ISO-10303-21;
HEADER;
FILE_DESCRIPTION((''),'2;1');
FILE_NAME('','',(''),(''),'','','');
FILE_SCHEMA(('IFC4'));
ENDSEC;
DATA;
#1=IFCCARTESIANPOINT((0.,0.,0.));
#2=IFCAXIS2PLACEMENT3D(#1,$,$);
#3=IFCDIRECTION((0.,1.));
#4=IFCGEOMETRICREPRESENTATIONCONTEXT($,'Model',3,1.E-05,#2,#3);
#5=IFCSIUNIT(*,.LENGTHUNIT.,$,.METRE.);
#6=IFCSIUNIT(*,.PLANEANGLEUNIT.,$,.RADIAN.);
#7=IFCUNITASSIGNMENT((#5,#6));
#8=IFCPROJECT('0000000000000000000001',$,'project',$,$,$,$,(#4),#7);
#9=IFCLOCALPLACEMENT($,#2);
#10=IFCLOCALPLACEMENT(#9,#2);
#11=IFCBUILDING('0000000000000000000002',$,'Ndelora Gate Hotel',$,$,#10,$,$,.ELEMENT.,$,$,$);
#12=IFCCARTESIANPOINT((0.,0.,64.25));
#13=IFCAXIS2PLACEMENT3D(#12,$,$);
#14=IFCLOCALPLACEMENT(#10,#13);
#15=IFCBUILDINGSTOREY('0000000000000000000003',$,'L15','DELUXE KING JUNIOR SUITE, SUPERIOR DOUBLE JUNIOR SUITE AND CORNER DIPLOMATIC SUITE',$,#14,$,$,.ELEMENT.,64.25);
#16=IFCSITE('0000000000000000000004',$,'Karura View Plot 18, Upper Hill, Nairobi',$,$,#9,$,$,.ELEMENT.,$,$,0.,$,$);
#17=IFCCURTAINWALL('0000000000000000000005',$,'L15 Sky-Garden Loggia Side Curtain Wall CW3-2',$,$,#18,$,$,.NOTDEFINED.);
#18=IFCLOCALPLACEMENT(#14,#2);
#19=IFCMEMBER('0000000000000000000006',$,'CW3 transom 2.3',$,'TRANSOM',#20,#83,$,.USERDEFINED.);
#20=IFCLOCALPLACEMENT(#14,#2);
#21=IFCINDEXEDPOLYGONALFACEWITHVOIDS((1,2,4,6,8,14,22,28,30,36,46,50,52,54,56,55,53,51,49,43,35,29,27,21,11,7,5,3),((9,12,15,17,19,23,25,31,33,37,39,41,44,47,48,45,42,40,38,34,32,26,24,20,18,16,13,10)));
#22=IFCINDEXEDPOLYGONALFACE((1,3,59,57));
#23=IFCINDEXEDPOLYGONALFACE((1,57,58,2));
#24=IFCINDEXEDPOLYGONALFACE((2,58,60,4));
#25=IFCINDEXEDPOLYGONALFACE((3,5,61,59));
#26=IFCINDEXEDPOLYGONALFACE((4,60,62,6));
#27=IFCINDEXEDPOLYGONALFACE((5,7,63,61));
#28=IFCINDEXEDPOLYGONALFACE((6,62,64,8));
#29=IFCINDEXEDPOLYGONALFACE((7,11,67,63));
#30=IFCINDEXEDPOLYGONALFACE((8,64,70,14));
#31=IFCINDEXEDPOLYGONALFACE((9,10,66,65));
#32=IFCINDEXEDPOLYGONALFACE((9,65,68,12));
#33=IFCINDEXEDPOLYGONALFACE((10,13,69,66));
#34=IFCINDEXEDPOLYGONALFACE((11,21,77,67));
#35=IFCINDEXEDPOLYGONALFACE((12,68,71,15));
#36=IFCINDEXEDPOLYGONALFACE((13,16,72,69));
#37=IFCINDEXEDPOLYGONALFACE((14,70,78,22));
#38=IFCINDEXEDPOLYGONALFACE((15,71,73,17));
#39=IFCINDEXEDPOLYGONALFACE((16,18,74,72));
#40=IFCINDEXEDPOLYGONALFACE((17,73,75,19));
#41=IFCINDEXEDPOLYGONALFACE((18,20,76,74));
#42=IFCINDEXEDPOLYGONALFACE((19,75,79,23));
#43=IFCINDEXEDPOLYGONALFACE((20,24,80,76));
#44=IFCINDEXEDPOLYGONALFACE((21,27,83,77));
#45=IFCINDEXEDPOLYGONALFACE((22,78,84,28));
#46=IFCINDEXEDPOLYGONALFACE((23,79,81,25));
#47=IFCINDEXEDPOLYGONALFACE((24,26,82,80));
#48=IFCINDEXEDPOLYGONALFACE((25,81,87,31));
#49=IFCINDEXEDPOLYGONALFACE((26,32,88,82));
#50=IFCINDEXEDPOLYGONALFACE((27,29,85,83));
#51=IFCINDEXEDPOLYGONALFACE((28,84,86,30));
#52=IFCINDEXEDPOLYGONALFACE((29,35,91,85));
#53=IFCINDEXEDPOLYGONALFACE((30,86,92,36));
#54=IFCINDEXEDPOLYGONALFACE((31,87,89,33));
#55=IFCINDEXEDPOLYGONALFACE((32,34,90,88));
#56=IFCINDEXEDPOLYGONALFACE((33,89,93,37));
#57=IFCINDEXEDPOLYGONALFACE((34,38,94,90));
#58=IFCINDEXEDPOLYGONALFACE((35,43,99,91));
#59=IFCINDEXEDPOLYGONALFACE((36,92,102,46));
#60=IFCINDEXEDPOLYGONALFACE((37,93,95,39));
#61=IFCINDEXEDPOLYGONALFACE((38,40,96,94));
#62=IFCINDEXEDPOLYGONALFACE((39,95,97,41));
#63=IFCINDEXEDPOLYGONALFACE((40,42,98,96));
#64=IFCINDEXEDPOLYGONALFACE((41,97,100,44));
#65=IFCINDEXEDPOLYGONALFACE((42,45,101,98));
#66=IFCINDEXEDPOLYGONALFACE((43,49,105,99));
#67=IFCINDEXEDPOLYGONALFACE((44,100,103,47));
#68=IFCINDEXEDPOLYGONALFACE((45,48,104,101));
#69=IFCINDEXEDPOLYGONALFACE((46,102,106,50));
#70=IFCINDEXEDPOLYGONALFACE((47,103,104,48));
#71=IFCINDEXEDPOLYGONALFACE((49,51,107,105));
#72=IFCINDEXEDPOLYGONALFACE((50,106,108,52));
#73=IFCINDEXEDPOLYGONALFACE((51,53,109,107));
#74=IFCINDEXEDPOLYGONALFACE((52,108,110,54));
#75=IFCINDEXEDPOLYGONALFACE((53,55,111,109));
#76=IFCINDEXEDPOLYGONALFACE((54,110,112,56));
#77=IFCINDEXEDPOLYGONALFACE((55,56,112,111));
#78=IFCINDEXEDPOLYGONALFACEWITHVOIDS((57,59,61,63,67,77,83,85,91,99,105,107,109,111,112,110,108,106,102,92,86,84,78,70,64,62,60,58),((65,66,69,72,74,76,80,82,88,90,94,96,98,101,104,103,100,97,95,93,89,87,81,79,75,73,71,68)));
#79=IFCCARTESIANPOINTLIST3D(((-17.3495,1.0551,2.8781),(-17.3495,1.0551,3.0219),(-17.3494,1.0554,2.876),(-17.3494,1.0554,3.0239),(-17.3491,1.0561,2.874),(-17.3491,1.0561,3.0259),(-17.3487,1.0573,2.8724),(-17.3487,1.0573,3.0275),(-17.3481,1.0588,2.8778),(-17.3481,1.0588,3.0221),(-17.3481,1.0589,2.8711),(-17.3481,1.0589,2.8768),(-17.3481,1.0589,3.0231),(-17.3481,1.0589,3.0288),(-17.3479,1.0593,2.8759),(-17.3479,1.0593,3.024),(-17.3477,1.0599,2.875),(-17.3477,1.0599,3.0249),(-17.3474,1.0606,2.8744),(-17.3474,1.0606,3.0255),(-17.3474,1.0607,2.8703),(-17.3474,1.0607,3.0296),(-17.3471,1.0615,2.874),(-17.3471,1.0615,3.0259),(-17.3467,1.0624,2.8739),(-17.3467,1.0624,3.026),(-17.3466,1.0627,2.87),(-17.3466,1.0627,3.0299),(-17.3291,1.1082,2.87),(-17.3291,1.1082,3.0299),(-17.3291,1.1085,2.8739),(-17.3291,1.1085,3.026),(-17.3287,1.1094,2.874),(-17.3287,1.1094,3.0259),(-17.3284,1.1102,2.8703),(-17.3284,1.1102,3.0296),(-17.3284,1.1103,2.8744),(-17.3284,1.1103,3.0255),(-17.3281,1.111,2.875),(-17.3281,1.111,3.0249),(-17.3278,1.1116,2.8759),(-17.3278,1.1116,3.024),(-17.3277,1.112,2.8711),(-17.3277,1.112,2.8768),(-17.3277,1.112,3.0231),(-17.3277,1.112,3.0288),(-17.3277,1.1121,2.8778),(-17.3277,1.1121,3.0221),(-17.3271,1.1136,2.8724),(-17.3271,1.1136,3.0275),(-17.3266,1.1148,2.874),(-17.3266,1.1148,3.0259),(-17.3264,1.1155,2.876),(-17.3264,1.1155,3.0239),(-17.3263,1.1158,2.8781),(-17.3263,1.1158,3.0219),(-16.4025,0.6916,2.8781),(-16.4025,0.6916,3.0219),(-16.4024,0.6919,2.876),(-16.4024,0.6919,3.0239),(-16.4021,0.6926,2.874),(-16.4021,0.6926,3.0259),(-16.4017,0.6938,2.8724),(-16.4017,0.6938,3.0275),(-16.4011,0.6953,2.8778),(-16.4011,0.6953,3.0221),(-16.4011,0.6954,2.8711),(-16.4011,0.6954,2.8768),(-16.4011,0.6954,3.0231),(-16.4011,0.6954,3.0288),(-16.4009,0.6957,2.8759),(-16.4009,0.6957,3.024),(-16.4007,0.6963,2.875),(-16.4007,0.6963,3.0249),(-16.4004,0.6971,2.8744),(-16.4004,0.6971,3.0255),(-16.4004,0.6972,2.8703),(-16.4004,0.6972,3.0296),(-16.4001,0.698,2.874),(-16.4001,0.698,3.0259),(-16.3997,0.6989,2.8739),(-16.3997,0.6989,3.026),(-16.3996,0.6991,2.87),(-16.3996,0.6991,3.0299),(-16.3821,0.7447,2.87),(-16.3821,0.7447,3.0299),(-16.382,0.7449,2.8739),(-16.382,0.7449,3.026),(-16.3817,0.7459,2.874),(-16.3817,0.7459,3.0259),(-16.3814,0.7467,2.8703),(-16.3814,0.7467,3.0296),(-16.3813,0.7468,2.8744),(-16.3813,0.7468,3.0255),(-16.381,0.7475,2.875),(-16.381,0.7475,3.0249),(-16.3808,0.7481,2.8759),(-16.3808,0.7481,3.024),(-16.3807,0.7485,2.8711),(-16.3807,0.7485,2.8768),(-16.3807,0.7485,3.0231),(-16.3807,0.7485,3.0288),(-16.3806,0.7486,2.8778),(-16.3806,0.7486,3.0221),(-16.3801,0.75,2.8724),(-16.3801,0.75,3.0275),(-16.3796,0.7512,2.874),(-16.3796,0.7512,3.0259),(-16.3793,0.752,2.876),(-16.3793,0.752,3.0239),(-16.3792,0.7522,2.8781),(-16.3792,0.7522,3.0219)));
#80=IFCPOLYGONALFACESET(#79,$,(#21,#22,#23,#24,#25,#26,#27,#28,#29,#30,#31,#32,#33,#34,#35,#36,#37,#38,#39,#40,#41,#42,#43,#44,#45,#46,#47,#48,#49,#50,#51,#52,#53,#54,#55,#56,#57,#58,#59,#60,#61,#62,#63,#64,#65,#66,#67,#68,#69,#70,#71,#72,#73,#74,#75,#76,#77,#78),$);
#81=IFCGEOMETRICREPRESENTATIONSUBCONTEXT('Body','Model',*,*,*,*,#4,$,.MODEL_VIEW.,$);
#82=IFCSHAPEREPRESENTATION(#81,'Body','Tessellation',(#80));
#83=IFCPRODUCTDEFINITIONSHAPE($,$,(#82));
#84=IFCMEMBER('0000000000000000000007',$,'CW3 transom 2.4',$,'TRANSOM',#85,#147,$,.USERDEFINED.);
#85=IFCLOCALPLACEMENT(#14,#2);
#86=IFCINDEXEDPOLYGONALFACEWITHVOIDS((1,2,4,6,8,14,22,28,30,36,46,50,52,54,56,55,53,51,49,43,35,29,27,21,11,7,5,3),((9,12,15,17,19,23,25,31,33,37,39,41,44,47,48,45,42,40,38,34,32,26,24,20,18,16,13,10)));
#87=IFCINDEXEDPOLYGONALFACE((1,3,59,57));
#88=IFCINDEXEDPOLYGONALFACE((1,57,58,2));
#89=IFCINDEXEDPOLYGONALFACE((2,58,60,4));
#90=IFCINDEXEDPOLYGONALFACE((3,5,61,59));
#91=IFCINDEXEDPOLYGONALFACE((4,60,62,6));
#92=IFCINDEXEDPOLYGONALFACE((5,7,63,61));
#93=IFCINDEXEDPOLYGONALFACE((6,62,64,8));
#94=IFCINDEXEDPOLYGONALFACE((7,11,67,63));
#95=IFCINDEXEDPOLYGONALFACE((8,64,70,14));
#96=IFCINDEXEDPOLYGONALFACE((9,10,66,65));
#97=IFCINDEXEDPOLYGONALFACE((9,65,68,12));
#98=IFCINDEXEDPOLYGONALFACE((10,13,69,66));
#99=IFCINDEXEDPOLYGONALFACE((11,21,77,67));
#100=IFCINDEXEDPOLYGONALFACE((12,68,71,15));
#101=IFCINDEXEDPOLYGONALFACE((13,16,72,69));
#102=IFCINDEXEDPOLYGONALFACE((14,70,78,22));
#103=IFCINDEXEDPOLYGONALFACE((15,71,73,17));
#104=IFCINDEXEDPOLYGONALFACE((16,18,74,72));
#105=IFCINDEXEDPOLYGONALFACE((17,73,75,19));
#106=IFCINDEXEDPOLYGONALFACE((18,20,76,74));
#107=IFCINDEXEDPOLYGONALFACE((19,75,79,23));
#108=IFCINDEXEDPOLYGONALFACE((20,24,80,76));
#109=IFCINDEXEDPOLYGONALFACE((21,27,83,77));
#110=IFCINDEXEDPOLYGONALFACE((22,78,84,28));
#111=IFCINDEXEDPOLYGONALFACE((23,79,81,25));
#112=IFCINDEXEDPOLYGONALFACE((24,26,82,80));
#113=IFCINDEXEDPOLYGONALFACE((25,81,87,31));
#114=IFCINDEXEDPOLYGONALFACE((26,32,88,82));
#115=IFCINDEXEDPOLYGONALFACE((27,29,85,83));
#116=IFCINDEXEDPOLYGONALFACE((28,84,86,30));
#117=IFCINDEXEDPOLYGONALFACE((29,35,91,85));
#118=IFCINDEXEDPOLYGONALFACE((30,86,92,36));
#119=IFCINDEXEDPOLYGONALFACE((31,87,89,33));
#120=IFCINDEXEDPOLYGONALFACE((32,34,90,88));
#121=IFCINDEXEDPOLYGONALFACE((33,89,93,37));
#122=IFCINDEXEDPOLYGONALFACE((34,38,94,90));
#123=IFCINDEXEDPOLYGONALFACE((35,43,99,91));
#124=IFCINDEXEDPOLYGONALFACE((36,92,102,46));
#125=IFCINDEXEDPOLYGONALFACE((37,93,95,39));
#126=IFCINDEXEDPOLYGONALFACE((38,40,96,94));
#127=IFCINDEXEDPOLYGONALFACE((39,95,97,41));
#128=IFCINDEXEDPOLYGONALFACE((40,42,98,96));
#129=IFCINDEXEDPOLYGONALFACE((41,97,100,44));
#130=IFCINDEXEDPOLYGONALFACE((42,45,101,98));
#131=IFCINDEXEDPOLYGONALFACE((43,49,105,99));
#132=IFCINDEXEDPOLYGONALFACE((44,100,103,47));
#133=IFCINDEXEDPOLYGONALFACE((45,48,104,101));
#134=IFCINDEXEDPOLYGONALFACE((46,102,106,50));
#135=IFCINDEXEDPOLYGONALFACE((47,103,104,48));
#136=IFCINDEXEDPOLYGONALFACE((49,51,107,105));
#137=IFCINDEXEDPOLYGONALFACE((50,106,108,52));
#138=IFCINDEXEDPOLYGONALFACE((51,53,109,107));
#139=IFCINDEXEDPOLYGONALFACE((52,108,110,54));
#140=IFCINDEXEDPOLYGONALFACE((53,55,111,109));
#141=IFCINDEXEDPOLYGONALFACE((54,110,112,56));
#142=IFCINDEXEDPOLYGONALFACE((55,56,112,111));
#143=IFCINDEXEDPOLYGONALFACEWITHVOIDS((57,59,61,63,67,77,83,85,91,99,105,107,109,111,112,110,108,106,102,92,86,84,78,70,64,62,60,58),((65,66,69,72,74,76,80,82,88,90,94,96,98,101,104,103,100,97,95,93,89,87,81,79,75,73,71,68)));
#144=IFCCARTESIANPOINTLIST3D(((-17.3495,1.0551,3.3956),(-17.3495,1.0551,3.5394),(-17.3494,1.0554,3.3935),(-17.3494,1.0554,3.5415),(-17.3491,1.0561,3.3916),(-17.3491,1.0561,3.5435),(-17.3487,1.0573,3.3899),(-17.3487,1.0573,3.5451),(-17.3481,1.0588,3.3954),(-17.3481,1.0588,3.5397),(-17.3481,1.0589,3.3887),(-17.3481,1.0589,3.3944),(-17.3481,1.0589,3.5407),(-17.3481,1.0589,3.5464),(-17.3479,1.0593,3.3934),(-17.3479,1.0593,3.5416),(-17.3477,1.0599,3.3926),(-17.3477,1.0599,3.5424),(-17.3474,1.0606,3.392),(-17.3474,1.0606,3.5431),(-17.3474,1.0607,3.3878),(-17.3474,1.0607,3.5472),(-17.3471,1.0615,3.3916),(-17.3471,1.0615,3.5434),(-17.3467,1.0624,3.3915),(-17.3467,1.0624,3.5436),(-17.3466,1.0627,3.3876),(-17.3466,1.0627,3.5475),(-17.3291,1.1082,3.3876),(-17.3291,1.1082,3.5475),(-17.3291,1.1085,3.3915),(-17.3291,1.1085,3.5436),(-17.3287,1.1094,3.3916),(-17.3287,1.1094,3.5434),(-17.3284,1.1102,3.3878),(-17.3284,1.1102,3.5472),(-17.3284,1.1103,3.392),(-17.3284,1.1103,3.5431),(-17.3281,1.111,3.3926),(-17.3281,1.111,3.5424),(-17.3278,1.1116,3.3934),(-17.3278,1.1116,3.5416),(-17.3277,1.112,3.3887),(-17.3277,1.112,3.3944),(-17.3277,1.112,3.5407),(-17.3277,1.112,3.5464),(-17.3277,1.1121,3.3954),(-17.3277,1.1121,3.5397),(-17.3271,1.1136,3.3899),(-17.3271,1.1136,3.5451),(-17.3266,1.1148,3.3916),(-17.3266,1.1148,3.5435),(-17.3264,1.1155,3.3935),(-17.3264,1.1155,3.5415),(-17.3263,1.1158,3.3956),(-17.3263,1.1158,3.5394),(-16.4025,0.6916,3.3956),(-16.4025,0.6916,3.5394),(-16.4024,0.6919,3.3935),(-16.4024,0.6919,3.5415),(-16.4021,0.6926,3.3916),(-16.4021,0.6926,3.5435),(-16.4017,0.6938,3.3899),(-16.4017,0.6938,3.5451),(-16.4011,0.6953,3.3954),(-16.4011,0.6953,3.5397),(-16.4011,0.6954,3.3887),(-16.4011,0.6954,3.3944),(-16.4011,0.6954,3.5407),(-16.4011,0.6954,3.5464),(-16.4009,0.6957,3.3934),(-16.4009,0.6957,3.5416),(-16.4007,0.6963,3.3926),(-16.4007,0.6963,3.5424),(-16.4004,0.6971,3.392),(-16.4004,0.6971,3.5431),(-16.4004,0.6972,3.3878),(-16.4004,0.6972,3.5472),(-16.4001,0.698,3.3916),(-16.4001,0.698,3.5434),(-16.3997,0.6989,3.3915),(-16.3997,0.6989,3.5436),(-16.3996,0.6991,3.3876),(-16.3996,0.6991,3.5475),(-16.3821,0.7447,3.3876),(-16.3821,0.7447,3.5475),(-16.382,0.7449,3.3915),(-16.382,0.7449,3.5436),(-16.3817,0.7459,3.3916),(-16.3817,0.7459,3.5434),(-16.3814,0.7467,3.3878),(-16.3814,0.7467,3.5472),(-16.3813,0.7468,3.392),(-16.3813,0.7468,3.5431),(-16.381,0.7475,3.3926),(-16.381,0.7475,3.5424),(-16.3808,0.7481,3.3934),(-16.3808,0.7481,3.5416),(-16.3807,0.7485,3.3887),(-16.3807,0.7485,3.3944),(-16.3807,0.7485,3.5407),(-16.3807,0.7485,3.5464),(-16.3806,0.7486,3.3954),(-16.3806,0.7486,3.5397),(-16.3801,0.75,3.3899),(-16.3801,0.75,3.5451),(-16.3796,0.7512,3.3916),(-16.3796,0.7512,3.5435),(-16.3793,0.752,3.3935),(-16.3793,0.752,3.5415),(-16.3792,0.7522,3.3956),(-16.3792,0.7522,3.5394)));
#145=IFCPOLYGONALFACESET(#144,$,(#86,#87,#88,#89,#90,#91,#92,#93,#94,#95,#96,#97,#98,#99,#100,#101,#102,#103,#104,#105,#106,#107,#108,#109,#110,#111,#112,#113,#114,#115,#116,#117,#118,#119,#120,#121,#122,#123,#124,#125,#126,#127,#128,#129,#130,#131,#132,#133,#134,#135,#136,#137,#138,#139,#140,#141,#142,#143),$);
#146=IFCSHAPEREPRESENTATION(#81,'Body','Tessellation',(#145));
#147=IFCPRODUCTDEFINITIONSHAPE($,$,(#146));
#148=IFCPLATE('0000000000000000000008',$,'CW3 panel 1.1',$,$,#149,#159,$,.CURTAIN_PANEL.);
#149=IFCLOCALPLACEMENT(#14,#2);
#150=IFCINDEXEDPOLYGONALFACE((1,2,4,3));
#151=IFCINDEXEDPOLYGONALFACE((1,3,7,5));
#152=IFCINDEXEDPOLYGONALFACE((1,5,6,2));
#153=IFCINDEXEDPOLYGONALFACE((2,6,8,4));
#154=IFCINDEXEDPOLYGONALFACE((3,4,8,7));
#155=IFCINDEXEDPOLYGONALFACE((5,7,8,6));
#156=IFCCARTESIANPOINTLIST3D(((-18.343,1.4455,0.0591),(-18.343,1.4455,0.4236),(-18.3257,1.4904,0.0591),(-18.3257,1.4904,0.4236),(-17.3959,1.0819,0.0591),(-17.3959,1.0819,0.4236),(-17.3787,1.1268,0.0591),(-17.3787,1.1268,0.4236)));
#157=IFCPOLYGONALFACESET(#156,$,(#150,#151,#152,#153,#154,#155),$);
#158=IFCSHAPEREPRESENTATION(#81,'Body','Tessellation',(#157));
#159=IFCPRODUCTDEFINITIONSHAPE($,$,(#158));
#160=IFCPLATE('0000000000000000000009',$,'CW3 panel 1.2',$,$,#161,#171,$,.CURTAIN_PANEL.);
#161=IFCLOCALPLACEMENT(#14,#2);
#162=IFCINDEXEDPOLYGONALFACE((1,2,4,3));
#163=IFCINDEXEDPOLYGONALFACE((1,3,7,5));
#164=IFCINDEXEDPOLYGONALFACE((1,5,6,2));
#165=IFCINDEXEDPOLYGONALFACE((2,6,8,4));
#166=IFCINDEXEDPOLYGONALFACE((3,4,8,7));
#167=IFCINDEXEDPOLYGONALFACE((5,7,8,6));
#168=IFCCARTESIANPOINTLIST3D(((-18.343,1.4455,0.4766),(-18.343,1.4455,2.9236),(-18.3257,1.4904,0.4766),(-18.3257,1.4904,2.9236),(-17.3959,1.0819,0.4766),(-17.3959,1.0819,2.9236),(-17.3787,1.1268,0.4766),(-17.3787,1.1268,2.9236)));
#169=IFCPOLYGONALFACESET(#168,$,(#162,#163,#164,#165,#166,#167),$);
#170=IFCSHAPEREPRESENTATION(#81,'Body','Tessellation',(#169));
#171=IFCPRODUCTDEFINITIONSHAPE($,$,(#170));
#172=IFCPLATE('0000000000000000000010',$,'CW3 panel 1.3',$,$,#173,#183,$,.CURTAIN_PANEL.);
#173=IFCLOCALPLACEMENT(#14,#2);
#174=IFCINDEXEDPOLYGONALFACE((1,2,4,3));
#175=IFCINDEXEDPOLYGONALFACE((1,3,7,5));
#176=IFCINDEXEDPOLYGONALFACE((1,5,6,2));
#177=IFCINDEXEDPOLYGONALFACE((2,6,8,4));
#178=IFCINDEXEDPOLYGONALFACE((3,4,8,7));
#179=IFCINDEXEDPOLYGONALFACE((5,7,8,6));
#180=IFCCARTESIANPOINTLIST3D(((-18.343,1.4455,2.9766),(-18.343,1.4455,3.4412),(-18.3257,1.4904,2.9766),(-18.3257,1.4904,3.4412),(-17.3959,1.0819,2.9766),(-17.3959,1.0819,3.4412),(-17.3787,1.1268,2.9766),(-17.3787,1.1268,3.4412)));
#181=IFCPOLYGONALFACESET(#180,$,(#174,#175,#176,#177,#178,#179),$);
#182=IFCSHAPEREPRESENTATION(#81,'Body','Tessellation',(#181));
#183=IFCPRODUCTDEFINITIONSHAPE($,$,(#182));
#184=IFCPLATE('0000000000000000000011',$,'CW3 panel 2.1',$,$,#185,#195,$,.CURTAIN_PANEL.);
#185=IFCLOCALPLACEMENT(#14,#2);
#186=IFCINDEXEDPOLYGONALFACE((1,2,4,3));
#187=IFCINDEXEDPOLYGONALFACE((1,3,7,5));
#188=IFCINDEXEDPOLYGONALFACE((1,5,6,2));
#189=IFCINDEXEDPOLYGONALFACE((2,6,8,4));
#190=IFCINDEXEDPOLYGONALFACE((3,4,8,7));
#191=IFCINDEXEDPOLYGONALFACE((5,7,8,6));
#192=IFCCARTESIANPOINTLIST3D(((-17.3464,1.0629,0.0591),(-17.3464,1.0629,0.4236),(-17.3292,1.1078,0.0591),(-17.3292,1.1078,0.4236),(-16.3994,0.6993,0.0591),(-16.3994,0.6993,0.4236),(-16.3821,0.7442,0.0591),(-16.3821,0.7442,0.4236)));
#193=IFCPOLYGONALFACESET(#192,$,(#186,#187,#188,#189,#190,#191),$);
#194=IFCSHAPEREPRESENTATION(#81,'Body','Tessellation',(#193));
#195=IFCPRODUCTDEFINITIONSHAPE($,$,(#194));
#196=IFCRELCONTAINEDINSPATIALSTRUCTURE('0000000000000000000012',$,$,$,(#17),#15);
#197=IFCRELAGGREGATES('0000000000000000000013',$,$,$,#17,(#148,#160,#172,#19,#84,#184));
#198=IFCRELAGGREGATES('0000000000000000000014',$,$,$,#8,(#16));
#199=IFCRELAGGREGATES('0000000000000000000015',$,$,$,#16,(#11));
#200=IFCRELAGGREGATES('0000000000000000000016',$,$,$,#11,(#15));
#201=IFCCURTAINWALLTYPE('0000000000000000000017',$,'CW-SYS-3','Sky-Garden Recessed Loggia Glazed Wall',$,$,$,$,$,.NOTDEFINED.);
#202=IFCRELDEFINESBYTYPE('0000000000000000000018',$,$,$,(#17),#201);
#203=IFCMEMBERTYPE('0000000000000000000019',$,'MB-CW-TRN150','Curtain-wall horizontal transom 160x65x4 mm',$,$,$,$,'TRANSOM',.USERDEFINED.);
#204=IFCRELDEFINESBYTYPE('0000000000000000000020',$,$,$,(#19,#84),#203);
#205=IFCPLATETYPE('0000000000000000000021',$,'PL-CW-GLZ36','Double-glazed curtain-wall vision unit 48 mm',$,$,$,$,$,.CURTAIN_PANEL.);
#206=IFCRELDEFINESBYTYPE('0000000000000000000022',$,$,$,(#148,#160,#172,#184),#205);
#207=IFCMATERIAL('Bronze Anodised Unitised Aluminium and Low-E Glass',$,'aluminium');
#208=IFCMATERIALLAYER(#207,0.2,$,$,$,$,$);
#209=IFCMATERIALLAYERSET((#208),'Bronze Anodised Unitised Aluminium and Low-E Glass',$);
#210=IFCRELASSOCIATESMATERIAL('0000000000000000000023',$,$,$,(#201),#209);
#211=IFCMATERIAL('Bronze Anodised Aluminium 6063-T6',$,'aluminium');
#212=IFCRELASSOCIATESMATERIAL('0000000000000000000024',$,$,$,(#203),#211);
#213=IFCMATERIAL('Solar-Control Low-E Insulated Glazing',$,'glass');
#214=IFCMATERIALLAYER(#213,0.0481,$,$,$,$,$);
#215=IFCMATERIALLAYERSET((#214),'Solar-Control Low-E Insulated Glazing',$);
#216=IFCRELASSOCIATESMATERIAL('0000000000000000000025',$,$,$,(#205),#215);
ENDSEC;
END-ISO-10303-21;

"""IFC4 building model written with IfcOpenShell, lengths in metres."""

from ifc_helpers import new_model, si_unit, direction, frame, origin, origin_2d, place, context, subcontext, project, spatial, rectangle, hollow_rectangle, extrude, material, layer, layer_set, material_profile, profile_set, type_object, element, aggregate, save


model = new_model("IFC4")

# Units and contexts
model_context = context("Model", 3, precision=1e-05, world=origin(), true_north=direction((0.0, 1.0)))
body_context = subcontext(model_context, "Body", "Model", "MODEL_VIEW")
ifc_project = project(units=[si_unit("LENGTHUNIT", "METRE"), si_unit("PLANEANGLEUNIT", "RADIAN")], contexts=[model_context])

# Site, building, storey
site_placement = place(None, origin())
site = spatial("IfcSite", under=ifc_project, at=site_placement, Name="Karura View Plot 18, Upper Hill, Nairobi", CompositionType="ELEMENT", RefElevation=0.0)
building_placement = place(site_placement, origin())
building = spatial("IfcBuilding", under=site, at=building_placement, Name="Ndelora Gate Hotel", CompositionType="ELEMENT")
storey_placement = place(building_placement, frame((0.0, 0.0, 64.25)))
storey = spatial("IfcBuildingStorey", under=building, at=storey_placement, Name="L15", Description="DELUXE KING JUNIOR SUITE, SUPERIOR DOUBLE JUNIOR SUITE AND CORNER DIPLOMATIC SUITE", CompositionType="ELEMENT", Elevation=64.25)

# Curtain wall, members, plates
ifc_material_1 = material(Name="Bronze Anodised Unitised Aluminium and Low-E Glass", Category="aluminium")
ifc_layer_1 = layer(ifc_material_1, 0.2)
ifc_layer_set_1 = layer_set([ifc_layer_1], Name="Bronze Anodised Unitised Aluminium and Low-E Glass")
curtain_wall_type = type_object("IfcCurtainWallType", Name="CW-SYS-3", Description="Sky-Garden Recessed Loggia Glazed Wall", PredefinedType="NOTDEFINED", material=ifc_layer_set_1)
curtain_wall_placement = place(storey_placement, origin())
curtain_wall = element("IfcCurtainWall", 1, at=curtain_wall_placement, inside=storey, type_object=curtain_wall_type, Name="L15 Sky-Garden Loggia Side Curtain Wall CW3-2", PredefinedType="NOTDEFINED")
ifc_material_2 = material(Name="Bronze Anodised Aluminium 6063-T6", Category="aluminium")
ifc_material_profile_1 = material_profile(ifc_material_2, hollow_rectangle(XDim=0.0649, YDim=0.1599, WallThickness=0.0039, InnerFilletRadius=0.0039, OuterFilletRadius=0.0081, at=origin_2d()), Name="ALU 160x65x4")
ifc_profile_set_1 = profile_set([ifc_material_profile_1], Name="Bronze Anodised Aluminium 6063-T6")
member_type_1 = type_object("IfcMemberType", Name="MB-CW-TRN150", Description="Curtain-wall horizontal transom 160x65x4 mm", ElementType="TRANSOM", PredefinedType="USERDEFINED", material=ifc_profile_set_1)
member_1_placement = place(storey_placement, frame((-17.3379, 1.0854, 2.95), z_axis=(0.933581, -0.358366, 0.0), x_axis=(0.358366, 0.933581, 0.0)))
member_1 = element("IfcMember", 2, at=member_1_placement, type_object=member_type_1, Name="CW3 transom 2.3", ObjectType="TRANSOM", PredefinedType="USERDEFINED", context=body_context, shape_type="SweptSolid", body=[
    extrude(hollow_rectangle(XDim=0.0649, YDim=0.1599, WallThickness=0.0039, InnerFilletRadius=0.0039, OuterFilletRadius=0.0081, at=origin_2d()), origin(), (0.0, 0.0, 1.0), 1.0144),
])
member_2_placement = place(storey_placement, frame((-17.3379, 1.0854, 3.4675), z_axis=(0.933581, -0.358366, 0.0), x_axis=(0.358366, 0.933581, 0.0)))
member_2 = element("IfcMember", 3, at=member_2_placement, type_object=member_type_1, Name="CW3 transom 2.4", ObjectType="TRANSOM", PredefinedType="USERDEFINED", context=body_context, shape_type="SweptSolid", body=[
    extrude(hollow_rectangle(XDim=0.0649, YDim=0.1599, WallThickness=0.0039, InnerFilletRadius=0.0039, OuterFilletRadius=0.0081, at=origin_2d()), origin(), (0.0, 0.0, 1.0), 1.0144),
])
ifc_material_3 = material(Name="Solar-Control Low-E Insulated Glazing", Category="glass")
ifc_layer_2 = layer(ifc_material_3, 0.0481)
ifc_layer_set_2 = layer_set([ifc_layer_2], Name="Solar-Control Low-E Insulated Glazing")
plate_type = type_object("IfcPlateType", Name="PL-CW-GLZ36", Description="Double-glazed curtain-wall vision unit 48 mm", PredefinedType="CURTAIN_PANEL", material=ifc_layer_set_2)
plate_1_placement = place(storey_placement, frame((-17.8608, 1.2861, 0.0591), z_axis=(0.0, 0.0, 1.0), x_axis=(0.933577, -0.358376, 0.0)))
plate_1 = element("IfcPlate", 4, at=plate_1_placement, type_object=plate_type, Name="CW3 panel 1.1", PredefinedType="CURTAIN_PANEL", context=body_context, shape_type="SweptSolid", body=[
    extrude(rectangle(XDim=1.0144, YDim=0.0481, at=origin_2d()), origin(), (0.0, 0.0, 1.0), 0.3645),
])
plate_2_placement = place(storey_placement, frame((-17.8608, 1.2861, 0.4766), z_axis=(0.0, 0.0, 1.0), x_axis=(0.933577, -0.358376, 0.0)))
plate_2 = element("IfcPlate", 5, at=plate_2_placement, type_object=plate_type, Name="CW3 panel 1.2", PredefinedType="CURTAIN_PANEL", context=body_context, shape_type="SweptSolid", body=[
    extrude(rectangle(XDim=1.0144, YDim=0.0481, at=origin_2d()), origin(), (0.0, 0.0, 1.0), 2.447),
])
plate_3_placement = place(storey_placement, frame((-17.8608, 1.2861, 2.9766), z_axis=(0.0, 0.0, 1.0), x_axis=(0.933577, -0.358376, 0.0)))
plate_3 = element("IfcPlate", 6, at=plate_3_placement, type_object=plate_type, Name="CW3 panel 1.3", PredefinedType="CURTAIN_PANEL", context=body_context, shape_type="SweptSolid", body=[
    extrude(rectangle(XDim=1.0144, YDim=0.0481, at=origin_2d()), origin(), (0.0, 0.0, 1.0), 0.4646),
])
plate_4_placement = place(storey_placement, frame((-16.8643, 0.9036, 0.0591), z_axis=(0.0, 0.0, 1.0), x_axis=(0.933577, -0.358376, 0.0)))
plate_4 = element("IfcPlate", 7, at=plate_4_placement, type_object=plate_type, Name="CW3 panel 2.1", PredefinedType="CURTAIN_PANEL", context=body_context, shape_type="SweptSolid", body=[
    extrude(rectangle(XDim=1.0144, YDim=0.0481, at=origin_2d()), origin(), (0.0, 0.0, 1.0), 0.3645),
])
aggregate(curtain_wall, [plate_1, plate_2, plate_3, member_1, member_2, plate_4])

save(model, "model.ifc")
